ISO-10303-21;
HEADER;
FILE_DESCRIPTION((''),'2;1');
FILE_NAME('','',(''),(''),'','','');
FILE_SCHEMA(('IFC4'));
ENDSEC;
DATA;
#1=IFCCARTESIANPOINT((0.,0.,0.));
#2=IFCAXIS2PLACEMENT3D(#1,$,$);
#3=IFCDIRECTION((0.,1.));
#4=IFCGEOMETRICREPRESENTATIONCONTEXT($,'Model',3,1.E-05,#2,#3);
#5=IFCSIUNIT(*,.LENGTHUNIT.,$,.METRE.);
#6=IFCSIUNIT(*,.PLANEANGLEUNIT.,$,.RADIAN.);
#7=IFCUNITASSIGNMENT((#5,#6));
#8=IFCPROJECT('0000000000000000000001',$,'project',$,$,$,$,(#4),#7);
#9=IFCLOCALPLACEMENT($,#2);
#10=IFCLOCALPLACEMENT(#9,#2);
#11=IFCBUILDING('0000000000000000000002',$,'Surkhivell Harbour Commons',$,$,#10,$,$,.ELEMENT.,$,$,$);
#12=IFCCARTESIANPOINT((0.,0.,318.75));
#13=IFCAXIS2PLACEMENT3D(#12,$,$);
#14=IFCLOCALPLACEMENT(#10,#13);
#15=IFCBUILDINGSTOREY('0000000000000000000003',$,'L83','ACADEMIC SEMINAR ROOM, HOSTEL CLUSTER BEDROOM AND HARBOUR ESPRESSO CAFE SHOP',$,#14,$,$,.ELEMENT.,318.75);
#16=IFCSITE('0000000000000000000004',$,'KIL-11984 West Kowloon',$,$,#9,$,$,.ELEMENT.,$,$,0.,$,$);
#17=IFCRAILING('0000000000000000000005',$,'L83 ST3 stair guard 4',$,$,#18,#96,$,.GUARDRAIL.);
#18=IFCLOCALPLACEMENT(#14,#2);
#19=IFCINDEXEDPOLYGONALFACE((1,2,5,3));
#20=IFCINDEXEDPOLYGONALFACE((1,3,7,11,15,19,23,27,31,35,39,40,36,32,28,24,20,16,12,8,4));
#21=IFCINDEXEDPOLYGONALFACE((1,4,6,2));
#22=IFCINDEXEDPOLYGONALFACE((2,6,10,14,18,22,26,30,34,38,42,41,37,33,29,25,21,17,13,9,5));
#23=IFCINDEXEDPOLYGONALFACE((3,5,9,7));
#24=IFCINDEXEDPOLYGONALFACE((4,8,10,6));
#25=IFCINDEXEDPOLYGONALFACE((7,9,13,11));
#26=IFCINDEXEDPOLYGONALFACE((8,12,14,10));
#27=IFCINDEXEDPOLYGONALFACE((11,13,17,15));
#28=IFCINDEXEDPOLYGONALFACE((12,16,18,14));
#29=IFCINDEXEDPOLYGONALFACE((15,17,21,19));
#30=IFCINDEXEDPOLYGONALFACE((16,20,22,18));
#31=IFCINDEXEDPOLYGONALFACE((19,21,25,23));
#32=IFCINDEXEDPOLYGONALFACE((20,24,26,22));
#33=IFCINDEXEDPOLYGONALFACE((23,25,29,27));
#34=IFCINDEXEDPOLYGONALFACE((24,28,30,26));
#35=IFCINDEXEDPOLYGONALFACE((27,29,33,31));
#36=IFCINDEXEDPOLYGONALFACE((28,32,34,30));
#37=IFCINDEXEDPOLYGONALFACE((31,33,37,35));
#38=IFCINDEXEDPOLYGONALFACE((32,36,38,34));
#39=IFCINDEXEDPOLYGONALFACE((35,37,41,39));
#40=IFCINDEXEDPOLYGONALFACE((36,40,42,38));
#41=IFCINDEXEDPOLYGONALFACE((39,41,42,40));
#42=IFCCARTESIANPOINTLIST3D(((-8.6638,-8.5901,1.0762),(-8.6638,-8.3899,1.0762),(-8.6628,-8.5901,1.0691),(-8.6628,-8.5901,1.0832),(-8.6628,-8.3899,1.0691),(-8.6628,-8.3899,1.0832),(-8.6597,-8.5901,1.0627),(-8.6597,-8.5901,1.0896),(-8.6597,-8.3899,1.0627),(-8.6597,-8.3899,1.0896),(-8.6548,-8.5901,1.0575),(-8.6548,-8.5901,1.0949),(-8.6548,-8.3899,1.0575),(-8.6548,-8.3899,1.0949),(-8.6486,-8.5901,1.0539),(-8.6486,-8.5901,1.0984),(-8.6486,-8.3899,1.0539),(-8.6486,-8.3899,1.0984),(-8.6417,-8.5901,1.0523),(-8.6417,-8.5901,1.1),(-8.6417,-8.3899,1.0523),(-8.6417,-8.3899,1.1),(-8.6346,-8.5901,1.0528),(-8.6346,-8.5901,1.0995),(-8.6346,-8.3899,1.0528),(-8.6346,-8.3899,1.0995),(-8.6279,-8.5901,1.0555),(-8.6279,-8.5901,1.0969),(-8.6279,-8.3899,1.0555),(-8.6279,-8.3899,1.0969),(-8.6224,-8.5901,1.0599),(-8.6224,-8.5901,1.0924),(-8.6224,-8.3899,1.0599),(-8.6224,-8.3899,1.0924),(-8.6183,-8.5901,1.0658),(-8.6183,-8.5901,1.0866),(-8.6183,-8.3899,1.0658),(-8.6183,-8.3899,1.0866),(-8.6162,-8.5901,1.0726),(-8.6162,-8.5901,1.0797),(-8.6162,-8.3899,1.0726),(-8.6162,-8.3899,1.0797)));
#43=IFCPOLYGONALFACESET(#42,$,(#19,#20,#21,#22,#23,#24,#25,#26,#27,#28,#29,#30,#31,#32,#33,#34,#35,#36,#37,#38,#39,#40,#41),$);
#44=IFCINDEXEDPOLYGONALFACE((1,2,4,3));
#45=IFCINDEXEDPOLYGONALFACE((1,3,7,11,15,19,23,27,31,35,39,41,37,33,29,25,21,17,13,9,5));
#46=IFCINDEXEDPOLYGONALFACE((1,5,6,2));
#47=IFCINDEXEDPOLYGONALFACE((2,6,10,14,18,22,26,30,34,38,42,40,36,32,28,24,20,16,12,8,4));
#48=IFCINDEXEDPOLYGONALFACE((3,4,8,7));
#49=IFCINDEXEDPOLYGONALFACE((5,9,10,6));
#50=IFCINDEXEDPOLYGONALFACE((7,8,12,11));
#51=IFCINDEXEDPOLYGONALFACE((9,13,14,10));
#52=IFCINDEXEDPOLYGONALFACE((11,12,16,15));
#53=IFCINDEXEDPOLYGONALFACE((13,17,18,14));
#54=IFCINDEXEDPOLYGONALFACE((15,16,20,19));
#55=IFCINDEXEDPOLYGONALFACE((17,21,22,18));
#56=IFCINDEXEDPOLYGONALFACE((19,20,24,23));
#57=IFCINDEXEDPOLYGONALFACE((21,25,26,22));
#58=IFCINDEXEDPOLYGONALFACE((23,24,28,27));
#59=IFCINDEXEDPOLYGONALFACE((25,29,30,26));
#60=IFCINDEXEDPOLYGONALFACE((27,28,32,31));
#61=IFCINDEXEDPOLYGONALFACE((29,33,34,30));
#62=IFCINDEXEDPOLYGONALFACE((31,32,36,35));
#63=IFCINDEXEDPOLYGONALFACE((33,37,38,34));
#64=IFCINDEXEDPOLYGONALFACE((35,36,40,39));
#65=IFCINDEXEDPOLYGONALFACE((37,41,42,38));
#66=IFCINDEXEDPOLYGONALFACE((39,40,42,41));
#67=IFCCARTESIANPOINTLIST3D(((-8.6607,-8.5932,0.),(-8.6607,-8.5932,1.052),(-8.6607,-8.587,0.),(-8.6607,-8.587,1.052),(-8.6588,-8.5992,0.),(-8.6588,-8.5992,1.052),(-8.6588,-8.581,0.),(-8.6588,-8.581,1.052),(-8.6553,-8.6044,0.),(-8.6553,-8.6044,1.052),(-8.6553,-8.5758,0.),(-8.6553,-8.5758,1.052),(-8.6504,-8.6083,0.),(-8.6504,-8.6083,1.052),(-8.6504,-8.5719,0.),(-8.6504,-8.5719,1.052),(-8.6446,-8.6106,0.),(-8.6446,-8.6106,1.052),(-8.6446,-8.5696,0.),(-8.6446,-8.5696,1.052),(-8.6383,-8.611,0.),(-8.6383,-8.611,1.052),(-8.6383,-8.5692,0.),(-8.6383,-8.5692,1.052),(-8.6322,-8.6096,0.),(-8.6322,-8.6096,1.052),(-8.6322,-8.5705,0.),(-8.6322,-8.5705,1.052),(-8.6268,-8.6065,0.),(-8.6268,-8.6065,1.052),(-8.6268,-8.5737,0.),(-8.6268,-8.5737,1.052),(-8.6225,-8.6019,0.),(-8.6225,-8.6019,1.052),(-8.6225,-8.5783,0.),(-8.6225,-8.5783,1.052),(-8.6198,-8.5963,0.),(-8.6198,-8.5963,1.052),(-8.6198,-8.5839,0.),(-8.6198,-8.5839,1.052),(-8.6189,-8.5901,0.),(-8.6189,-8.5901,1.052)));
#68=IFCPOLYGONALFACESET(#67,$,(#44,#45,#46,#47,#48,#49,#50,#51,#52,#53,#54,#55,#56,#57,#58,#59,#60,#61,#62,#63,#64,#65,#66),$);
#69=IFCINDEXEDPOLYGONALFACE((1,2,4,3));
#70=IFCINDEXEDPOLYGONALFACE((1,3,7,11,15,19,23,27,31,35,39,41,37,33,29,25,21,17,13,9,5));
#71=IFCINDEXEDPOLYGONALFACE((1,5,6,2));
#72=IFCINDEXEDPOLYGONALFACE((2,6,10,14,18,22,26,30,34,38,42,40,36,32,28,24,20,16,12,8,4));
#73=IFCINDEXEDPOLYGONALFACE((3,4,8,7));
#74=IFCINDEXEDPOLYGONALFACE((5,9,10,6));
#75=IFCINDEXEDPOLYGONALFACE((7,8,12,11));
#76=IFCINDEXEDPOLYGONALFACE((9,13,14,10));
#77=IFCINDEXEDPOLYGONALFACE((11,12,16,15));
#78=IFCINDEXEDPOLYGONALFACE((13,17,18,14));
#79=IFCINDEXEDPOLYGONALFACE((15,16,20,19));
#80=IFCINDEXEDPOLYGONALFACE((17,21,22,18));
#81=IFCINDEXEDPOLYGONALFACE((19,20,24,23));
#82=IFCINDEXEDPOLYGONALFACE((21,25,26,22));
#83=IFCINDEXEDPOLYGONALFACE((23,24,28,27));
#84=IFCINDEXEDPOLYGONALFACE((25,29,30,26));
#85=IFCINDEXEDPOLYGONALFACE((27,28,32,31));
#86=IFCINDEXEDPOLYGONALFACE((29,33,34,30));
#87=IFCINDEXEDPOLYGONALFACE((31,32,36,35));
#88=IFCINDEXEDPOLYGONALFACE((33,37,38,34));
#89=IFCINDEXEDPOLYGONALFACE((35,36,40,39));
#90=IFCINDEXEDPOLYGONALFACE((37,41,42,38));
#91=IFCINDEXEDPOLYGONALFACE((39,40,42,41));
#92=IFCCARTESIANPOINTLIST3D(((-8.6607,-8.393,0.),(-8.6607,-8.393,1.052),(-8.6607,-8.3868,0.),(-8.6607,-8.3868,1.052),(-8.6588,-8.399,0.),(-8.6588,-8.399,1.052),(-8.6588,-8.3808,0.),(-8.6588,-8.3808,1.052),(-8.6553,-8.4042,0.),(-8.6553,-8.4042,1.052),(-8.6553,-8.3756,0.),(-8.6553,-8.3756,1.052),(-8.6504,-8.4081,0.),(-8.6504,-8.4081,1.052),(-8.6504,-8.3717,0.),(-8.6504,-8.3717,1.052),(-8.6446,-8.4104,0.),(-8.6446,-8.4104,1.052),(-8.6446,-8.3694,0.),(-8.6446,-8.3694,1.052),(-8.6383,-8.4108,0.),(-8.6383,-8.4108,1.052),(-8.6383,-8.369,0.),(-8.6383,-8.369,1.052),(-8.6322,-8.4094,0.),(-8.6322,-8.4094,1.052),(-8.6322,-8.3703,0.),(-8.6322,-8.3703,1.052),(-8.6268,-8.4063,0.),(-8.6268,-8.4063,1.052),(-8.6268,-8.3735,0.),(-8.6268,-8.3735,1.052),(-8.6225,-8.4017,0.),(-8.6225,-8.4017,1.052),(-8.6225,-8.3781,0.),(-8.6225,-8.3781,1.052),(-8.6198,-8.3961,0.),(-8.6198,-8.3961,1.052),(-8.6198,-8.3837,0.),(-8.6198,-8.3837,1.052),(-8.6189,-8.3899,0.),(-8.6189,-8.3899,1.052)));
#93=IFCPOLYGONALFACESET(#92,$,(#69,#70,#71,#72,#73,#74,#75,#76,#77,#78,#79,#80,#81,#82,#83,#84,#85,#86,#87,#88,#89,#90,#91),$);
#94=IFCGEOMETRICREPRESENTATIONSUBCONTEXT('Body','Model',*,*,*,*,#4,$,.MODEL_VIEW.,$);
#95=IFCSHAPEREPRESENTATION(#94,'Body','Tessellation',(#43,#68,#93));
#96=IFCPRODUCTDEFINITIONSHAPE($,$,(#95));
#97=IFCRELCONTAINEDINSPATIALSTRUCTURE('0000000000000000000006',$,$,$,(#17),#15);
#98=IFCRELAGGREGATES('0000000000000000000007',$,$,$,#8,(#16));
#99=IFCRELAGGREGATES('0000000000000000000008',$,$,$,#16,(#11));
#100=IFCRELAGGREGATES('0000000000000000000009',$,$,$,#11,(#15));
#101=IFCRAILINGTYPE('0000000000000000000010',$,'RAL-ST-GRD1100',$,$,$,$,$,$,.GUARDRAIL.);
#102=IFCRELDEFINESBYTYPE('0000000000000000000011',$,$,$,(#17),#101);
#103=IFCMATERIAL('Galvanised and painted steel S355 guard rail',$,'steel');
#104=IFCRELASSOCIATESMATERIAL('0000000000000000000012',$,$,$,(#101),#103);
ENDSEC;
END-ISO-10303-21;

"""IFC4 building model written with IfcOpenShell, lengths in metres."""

from ifc_helpers import new_model, si_unit, direction, frame, origin, origin_2d, place, context, subcontext, project, spatial, circle, extrude, material, type_object, element, save


model = new_model("IFC4")

# Units and contexts
model_context = context("Model", 3, precision=1e-05, world=origin(), true_north=direction((0.0, 1.0)))
body_context = subcontext(model_context, "Body", "Model", "MODEL_VIEW")
ifc_project = project(units=[si_unit("LENGTHUNIT", "METRE"), si_unit("PLANEANGLEUNIT", "RADIAN")], contexts=[model_context])

# Site, building, storey
site_placement = place(None, origin())
site = spatial("IfcSite", under=ifc_project, at=site_placement, Name="KIL-11984 West Kowloon", CompositionType="ELEMENT", RefElevation=0.0)
building_placement = place(site_placement, origin())
building = spatial("IfcBuilding", under=site, at=building_placement, Name="Surkhivell Harbour Commons", CompositionType="ELEMENT")
storey_placement = place(building_placement, frame((0.0, 0.0, 318.75)))
storey = spatial("IfcBuildingStorey", under=building, at=storey_placement, Name="L83", Description="ACADEMIC SEMINAR ROOM, HOSTEL CLUSTER BEDROOM AND HARBOUR ESPRESSO CAFE SHOP", CompositionType="ELEMENT", Elevation=318.75)

# Railing
ifc_material_1 = material(Name="Galvanised and painted steel S355 guard rail", Category="steel")
railing_type_1 = type_object("IfcRailingType", Name="RAL-ST-GRD1100", PredefinedType="GUARDRAIL", material=ifc_material_1)
railing_1_placement = place(storey_placement, frame((-8.6399, -8.5901, 0.0)))
element("IfcRailing", 1, at=railing_1_placement, inside=storey, type_object=railing_type_1, Name="L83 ST3 stair guard 4", PredefinedType="GUARDRAIL", context=body_context, shape_type="SweptSolid", body=[
    extrude(circle(Radius=0.0239, at=origin_2d()), frame((0.0, 0.0, 1.0762), z_axis=(0.0, 1.0, 0.0), x_axis=(-1.0, 0.0, 0.0)), (0.0, 0.0, 1.0), 0.2002),
    extrude(circle(Radius=0.021, at=origin_2d()), origin(), (0.0, 0.0, 1.0), 1.052),
    extrude(circle(Radius=0.021, at=origin_2d()), frame((0.0, 0.2002, 0.0)), (0.0, 0.0, 1.0), 1.052),
])

save(model, "model.ifc")
